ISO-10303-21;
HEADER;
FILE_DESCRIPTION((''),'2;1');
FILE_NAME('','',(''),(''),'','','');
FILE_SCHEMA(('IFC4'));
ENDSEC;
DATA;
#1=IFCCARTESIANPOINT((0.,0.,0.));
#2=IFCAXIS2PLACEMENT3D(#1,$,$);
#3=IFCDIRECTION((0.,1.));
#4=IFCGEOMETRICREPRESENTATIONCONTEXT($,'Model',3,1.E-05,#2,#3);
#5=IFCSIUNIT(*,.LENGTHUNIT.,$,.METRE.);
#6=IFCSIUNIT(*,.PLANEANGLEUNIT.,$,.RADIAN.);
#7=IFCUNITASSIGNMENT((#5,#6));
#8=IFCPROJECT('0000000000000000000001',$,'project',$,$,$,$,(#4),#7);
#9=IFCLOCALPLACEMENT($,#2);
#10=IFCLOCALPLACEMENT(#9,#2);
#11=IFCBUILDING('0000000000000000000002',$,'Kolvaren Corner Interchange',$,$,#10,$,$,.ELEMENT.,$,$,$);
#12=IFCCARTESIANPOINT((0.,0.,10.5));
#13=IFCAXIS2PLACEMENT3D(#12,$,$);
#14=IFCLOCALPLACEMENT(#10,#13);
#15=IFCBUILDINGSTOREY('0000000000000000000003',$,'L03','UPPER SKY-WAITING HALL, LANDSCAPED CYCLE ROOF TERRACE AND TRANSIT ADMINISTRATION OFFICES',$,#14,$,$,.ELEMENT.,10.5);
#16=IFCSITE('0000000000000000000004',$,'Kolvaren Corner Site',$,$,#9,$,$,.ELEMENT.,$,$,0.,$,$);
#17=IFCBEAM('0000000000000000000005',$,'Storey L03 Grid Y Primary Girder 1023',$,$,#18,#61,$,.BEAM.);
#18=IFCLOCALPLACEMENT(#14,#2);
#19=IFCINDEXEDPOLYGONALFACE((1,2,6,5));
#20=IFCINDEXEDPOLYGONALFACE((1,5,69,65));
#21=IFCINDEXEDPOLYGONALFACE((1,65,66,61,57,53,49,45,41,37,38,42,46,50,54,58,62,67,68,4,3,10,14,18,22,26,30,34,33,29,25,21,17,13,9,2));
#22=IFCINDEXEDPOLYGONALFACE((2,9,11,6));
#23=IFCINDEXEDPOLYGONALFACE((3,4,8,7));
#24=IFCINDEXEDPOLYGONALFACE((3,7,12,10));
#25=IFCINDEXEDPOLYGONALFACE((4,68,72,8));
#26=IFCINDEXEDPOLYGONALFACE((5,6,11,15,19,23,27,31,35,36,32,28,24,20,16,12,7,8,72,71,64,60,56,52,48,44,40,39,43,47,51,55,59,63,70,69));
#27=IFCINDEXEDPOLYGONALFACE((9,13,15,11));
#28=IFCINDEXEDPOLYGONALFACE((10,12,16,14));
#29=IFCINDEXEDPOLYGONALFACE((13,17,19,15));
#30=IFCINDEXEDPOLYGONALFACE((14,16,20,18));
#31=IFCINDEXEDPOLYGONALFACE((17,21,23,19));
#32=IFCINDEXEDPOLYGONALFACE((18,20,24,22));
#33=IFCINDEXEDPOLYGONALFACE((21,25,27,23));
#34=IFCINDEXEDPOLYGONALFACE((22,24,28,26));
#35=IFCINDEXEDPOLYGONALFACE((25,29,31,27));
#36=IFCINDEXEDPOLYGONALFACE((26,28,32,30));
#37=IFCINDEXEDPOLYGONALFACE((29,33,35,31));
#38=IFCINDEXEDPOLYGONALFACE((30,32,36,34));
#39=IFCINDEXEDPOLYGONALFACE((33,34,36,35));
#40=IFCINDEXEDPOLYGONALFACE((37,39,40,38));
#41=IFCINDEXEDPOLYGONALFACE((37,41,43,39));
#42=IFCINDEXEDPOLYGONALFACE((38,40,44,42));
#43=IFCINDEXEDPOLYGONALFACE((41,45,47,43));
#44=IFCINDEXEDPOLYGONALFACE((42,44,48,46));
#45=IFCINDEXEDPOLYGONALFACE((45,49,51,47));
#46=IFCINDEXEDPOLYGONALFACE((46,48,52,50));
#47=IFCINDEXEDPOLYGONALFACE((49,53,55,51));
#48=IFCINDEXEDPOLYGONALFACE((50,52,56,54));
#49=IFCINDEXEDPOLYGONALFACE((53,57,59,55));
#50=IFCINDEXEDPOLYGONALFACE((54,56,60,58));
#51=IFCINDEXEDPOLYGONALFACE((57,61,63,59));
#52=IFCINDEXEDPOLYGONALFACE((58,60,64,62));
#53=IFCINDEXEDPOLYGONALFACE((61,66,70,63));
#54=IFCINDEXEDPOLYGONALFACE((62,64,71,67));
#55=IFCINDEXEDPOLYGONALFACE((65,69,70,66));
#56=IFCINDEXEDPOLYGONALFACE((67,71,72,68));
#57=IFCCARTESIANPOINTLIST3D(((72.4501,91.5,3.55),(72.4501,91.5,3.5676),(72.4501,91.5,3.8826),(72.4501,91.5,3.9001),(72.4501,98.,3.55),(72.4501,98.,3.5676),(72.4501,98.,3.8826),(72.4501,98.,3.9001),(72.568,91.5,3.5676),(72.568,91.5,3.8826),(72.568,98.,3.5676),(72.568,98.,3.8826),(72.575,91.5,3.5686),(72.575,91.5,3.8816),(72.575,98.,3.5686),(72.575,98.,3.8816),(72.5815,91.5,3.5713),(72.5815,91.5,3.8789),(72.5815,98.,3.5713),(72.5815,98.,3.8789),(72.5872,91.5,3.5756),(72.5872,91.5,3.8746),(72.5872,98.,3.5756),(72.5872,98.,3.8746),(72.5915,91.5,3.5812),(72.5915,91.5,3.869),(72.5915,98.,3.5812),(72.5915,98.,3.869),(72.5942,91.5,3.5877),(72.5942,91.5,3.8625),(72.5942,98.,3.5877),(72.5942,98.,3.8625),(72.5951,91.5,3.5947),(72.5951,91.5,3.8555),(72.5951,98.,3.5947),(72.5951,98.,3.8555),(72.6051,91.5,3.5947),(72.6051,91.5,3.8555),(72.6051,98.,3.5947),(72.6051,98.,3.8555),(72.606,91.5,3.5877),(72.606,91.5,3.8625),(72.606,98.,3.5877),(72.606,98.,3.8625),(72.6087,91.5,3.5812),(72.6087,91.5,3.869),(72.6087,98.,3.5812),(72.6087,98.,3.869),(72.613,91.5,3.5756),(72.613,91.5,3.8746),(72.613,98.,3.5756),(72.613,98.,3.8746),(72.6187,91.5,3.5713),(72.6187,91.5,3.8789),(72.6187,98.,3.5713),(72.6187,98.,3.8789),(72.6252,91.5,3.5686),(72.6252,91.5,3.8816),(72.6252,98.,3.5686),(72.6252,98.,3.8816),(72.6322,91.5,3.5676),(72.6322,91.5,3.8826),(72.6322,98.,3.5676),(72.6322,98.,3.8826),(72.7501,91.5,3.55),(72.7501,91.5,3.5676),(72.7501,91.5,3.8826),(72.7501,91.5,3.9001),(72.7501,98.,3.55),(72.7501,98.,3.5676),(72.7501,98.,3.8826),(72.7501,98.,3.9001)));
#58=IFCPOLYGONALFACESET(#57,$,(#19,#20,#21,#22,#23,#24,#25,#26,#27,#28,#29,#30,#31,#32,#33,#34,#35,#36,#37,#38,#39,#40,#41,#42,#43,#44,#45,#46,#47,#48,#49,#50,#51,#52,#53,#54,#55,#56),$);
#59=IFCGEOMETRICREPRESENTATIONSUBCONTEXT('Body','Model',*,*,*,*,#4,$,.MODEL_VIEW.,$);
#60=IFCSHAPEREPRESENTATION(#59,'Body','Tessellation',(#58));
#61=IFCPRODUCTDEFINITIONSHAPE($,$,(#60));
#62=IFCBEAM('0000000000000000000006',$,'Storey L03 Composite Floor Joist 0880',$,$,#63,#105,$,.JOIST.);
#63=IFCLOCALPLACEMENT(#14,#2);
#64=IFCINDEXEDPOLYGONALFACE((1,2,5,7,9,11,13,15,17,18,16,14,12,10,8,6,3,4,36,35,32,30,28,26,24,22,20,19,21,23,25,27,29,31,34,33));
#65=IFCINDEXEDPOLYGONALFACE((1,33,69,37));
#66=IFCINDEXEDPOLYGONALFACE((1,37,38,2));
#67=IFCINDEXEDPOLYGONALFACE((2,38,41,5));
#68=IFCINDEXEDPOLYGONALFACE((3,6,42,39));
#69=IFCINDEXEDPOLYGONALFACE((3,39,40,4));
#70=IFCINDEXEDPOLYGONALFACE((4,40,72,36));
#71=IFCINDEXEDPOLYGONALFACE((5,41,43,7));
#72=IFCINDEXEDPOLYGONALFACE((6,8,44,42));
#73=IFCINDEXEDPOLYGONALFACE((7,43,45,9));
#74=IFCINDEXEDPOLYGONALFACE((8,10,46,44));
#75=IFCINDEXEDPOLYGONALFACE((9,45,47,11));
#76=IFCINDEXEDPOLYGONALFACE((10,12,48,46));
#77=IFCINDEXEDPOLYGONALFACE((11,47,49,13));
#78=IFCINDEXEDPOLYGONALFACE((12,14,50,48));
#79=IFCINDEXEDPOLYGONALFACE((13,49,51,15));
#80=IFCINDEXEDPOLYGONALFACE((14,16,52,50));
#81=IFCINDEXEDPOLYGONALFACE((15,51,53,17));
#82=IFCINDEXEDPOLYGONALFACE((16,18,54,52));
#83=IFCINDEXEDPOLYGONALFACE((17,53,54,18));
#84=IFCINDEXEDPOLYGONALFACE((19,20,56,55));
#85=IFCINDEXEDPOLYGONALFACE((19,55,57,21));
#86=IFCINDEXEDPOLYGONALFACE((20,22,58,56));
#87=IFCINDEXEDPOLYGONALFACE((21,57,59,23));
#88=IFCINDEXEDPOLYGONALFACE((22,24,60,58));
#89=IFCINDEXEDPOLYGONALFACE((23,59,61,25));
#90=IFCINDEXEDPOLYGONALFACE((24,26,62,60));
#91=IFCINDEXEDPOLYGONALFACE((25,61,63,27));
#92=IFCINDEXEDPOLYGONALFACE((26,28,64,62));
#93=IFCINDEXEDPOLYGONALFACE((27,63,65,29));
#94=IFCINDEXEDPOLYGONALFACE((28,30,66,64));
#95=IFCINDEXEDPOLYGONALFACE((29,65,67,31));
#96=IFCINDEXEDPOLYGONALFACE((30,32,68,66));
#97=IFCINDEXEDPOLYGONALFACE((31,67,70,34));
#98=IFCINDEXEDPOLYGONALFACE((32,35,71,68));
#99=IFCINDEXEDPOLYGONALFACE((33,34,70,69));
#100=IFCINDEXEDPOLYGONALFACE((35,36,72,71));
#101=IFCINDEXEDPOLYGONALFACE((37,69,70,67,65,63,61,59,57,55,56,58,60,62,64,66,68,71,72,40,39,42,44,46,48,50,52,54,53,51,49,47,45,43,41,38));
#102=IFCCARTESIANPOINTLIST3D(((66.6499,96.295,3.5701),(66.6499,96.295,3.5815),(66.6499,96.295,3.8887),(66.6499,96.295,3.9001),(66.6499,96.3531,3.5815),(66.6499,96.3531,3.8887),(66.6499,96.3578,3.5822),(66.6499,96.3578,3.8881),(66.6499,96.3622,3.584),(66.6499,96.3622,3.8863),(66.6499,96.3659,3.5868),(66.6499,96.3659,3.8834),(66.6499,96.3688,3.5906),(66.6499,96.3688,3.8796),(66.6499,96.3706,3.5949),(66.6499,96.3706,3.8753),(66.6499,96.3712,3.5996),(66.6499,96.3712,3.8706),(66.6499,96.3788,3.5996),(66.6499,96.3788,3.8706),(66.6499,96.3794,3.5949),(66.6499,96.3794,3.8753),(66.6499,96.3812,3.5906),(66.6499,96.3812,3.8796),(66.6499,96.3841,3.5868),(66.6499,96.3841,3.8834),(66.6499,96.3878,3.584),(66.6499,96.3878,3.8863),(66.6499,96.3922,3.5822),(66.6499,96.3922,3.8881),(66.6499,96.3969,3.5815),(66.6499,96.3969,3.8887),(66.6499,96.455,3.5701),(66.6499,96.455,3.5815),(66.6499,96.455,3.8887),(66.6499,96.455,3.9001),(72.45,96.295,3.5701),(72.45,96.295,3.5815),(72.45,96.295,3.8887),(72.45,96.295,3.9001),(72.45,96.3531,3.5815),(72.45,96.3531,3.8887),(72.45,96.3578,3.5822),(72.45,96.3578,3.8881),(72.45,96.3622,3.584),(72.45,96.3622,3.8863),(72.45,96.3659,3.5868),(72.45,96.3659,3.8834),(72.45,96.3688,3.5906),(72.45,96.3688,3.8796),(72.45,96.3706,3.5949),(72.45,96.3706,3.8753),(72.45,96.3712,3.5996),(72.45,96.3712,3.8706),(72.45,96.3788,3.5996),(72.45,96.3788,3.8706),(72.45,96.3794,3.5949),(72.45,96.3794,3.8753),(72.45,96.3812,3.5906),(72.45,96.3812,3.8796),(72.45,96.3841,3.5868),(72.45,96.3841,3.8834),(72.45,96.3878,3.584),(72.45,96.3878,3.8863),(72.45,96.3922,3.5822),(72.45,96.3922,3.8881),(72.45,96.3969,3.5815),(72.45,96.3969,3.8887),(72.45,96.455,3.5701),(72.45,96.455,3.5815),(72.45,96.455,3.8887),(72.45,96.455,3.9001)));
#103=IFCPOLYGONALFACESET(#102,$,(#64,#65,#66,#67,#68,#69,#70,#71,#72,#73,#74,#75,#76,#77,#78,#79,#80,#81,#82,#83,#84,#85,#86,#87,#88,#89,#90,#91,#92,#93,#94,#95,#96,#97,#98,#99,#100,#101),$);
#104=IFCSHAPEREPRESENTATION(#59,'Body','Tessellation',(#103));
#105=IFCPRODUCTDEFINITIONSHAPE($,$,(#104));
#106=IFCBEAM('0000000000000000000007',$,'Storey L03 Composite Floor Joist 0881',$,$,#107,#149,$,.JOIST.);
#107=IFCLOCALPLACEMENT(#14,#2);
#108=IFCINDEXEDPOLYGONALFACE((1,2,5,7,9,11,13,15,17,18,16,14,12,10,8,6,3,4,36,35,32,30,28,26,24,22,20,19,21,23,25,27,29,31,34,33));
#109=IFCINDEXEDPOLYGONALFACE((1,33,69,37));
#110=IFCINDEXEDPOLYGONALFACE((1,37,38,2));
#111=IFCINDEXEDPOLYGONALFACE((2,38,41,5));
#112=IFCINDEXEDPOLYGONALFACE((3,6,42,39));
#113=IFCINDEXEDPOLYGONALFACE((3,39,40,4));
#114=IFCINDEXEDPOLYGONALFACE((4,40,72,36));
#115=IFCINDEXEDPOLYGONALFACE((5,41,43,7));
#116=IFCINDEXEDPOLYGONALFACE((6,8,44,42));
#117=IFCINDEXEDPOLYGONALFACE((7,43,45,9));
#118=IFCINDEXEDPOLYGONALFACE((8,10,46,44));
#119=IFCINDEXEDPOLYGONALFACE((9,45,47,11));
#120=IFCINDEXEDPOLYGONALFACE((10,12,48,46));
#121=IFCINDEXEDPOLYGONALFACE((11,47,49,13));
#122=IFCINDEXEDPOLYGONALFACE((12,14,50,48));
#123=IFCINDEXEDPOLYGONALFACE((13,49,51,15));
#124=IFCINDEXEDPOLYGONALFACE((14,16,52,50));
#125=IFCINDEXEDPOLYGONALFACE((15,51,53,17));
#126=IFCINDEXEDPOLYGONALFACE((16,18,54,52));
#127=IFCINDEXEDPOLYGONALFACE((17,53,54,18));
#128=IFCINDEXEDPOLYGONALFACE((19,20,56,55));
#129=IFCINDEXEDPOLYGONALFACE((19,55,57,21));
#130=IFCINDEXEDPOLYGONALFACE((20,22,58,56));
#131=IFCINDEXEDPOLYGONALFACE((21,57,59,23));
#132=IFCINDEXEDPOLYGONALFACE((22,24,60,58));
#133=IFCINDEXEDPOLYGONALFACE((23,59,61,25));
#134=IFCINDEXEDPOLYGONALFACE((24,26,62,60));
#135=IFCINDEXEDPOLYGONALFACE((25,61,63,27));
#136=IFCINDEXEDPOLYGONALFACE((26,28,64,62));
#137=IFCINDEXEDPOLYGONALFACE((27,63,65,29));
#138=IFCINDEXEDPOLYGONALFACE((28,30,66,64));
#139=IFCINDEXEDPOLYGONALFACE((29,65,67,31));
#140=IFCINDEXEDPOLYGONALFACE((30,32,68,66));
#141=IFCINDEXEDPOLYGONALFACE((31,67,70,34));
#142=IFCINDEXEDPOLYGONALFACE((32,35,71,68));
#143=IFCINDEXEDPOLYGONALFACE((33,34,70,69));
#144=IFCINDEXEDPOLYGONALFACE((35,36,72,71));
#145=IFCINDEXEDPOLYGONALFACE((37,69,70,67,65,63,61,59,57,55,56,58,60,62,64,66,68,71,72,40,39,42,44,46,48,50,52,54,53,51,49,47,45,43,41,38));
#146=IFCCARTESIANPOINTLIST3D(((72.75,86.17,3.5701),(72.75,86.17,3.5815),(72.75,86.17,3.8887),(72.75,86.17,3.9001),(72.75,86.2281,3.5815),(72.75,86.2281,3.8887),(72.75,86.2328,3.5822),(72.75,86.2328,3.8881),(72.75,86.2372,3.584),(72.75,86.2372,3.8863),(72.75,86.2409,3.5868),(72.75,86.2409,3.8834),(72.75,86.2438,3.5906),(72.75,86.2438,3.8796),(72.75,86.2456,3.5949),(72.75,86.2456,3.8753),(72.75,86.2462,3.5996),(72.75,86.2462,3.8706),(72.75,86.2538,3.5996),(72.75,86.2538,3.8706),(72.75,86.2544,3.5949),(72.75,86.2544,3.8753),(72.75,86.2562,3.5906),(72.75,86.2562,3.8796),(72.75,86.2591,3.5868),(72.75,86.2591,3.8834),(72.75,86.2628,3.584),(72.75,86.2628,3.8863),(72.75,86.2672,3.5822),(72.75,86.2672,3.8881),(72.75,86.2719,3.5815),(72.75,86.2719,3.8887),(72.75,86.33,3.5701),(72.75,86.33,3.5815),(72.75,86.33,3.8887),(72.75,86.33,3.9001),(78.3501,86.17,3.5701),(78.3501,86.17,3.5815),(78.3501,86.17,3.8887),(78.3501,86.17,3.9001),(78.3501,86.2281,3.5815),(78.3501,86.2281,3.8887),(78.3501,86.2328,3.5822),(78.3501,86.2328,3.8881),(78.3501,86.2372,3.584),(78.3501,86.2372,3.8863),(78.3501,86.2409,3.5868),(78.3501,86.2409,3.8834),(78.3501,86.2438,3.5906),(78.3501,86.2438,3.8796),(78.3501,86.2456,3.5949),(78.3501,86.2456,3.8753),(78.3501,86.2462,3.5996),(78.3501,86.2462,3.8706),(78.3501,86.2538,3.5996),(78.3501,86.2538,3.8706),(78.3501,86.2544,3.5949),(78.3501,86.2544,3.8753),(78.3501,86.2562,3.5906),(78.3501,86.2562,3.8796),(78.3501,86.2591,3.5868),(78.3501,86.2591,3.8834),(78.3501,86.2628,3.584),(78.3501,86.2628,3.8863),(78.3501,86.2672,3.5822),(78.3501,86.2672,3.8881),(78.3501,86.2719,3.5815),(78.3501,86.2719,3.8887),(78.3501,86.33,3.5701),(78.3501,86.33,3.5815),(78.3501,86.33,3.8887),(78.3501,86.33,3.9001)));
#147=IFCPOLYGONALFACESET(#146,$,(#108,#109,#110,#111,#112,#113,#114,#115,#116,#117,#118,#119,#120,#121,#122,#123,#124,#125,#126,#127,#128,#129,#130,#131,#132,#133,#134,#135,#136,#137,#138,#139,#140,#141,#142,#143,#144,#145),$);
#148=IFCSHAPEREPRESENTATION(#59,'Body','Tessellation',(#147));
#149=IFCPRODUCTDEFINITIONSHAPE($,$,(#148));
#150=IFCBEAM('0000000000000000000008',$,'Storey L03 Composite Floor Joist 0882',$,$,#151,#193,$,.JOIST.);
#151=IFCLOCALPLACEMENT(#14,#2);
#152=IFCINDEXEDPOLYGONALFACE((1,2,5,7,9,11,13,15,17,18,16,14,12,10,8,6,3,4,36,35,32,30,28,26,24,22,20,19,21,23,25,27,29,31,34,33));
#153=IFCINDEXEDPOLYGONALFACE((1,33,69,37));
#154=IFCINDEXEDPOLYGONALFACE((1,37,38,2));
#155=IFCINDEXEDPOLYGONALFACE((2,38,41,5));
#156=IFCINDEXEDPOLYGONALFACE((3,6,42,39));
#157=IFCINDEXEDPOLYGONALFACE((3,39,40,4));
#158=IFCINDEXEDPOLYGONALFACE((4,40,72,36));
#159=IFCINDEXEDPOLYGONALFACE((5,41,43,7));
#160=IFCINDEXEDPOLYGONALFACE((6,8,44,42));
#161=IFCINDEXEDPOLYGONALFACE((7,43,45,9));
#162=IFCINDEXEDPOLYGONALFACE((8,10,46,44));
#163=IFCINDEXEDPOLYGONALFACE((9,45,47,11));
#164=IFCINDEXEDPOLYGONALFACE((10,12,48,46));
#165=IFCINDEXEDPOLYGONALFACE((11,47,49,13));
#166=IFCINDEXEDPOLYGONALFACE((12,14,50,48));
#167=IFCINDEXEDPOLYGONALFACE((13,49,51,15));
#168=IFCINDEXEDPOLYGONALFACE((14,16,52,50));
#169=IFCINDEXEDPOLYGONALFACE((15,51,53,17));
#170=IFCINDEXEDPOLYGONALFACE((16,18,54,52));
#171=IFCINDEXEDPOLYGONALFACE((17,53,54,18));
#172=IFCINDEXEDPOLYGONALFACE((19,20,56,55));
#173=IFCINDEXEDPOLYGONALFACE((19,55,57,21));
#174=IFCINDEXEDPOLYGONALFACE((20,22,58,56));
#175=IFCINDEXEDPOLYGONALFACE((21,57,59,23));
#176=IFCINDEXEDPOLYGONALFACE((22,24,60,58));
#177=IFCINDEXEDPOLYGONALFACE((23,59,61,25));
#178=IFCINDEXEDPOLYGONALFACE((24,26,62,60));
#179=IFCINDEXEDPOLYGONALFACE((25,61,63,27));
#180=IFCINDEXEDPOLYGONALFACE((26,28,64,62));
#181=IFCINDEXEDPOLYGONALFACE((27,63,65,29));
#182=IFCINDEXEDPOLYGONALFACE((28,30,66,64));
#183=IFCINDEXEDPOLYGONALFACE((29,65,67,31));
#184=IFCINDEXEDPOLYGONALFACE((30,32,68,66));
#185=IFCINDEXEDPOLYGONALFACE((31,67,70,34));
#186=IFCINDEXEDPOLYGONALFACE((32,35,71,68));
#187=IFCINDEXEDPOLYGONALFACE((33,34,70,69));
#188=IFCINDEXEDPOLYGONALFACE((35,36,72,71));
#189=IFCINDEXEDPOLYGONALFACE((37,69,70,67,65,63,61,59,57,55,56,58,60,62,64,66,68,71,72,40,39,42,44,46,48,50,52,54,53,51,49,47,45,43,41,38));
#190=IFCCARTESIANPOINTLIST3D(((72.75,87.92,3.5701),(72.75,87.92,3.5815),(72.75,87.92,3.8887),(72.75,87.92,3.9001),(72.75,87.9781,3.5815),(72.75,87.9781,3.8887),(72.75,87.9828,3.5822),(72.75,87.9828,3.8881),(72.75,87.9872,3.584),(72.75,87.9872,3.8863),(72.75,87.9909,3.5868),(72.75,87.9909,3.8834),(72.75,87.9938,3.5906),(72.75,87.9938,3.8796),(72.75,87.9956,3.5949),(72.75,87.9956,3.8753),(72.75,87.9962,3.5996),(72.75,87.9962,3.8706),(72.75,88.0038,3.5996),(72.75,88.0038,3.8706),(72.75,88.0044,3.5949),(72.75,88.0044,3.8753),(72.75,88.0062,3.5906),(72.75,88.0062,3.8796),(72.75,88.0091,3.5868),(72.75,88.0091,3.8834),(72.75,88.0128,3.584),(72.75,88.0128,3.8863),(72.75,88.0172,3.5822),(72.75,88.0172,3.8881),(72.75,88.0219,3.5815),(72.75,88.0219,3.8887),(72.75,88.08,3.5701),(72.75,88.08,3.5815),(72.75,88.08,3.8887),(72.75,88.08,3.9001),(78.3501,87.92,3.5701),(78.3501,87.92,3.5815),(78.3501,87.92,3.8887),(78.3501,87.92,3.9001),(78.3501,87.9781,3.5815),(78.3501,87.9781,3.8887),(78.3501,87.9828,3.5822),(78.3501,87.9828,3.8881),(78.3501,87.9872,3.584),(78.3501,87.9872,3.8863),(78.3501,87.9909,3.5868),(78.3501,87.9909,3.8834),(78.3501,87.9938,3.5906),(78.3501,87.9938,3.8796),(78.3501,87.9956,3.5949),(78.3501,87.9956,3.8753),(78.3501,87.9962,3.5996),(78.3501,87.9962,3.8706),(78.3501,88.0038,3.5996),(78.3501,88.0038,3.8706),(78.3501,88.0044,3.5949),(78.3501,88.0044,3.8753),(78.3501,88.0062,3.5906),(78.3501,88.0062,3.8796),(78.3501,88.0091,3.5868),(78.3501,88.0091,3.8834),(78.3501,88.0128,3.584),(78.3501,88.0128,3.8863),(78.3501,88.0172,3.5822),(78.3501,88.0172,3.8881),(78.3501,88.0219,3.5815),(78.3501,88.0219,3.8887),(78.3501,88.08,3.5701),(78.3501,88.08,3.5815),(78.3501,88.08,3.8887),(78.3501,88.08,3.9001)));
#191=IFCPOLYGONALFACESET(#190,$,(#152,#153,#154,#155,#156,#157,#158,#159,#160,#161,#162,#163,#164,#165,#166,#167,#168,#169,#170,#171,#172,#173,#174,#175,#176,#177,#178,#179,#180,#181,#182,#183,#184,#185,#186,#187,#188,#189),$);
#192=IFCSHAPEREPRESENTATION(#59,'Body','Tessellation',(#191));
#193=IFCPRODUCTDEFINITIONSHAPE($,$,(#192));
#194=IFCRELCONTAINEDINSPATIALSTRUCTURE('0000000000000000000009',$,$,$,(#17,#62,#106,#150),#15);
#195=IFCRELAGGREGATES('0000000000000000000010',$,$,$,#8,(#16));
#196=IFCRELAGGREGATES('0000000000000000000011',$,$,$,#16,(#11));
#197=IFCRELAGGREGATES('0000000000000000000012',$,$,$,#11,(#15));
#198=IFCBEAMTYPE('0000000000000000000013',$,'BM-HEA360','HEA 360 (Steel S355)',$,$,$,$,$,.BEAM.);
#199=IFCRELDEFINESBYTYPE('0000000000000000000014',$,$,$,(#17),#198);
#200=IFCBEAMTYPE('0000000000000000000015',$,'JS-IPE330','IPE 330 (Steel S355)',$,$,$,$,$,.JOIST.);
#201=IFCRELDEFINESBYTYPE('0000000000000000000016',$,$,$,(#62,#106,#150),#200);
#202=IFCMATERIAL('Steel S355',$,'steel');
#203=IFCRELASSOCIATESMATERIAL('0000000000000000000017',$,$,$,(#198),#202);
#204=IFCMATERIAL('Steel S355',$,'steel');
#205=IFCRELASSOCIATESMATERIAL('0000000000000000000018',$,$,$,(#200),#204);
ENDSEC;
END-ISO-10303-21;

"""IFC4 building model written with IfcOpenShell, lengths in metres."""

from ifc_helpers import new_model, si_unit, direction, frame, origin, origin_2d, place, context, subcontext, project, spatial, i_section, extrude, material, material_profile, profile_set, type_object, element, save


model = new_model("IFC4")

# Units and contexts
model_context = context("Model", 3, precision=1e-05, world=origin(), true_north=direction((0.0, 1.0)))
body_context = subcontext(model_context, "Body", "Model", "MODEL_VIEW")
ifc_project = project(units=[si_unit("LENGTHUNIT", "METRE"), si_unit("PLANEANGLEUNIT", "RADIAN")], contexts=[model_context])

# Site, building, storey
site_placement = place(None, origin())
site = spatial("IfcSite", under=ifc_project, at=site_placement, Name="Kolvaren Corner Site", CompositionType="ELEMENT", RefElevation=0.0)
building_placement = place(site_placement, origin())
building = spatial("IfcBuilding", under=site, at=building_placement, Name="Kolvaren Corner Interchange", CompositionType="ELEMENT")
storey_placement = place(building_placement, frame((0.0, 0.0, 10.5)))
storey = spatial("IfcBuildingStorey", under=building, at=storey_placement, Name="L03", Description="UPPER SKY-WAITING HALL, LANDSCAPED CYCLE ROOF TERRACE AND TRANSIT ADMINISTRATION OFFICES", CompositionType="ELEMENT", Elevation=10.5)

# Beams
ifc_material_1 = material(Name="Steel S355", Category="steel")
ifc_material_profile_1 = material_profile(ifc_material_1, i_section(OverallWidth=0.3, OverallDepth=0.3501, WebThickness=0.01, FlangeThickness=0.0176, FilletRadius=0.0271, at=origin_2d()), Name="HEA 360")
ifc_profile_set_1 = profile_set([ifc_material_profile_1], Name="Steel S355")
beam_type_1 = type_object("IfcBeamType", Name="BM-HEA360", Description="HEA 360 (Steel S355)", PredefinedType="BEAM", material=ifc_profile_set_1)
for number, where, z_axis, x_axis, name in (
    (1, (72.6001, 91.5, 3.7251), (0.0, 1.0, 0.0), (-1.0, 0.0, 0.0), "Storey L03 Grid Y Primary Girder 1023"),
):
    element("IfcBeam", number, at=place(storey_placement, frame(where, z_axis=z_axis, x_axis=x_axis)), inside=storey, type_object=beam_type_1, Name=name, PredefinedType="BEAM", context=body_context, shape_type="SweptSolid", body=[
        extrude(i_section(OverallWidth=0.3, OverallDepth=0.3501, WebThickness=0.01, FlangeThickness=0.0176, FilletRadius=0.0271, at=origin_2d()), origin(), (0.0, 0.0, 1.0), 6.5),
    ])
ifc_material_2 = material(Name="Steel S355", Category="steel")
ifc_material_profile_2 = material_profile(ifc_material_2, i_section(OverallWidth=0.1599, OverallDepth=0.3301, WebThickness=0.0076, FlangeThickness=0.0115, FilletRadius=0.0181, at=origin_2d()), Name="IPE 330")
ifc_profile_set_2 = profile_set([ifc_material_profile_2], Name="Steel S355")
beam_type_2 = type_object("IfcBeamType", Name="JS-IPE330", Description="IPE 330 (Steel S355)", PredefinedType="JOIST", material=ifc_profile_set_2)
beam_1_placement = place(storey_placement, frame((66.6499, 96.375, 3.7351), z_axis=(1.0, 0.0, 0.0), x_axis=(0.0, 1.0, 0.0)))
element("IfcBeam", 2, at=beam_1_placement, inside=storey, type_object=beam_type_2, Name="Storey L03 Composite Floor Joist 0880", PredefinedType="JOIST", context=body_context, shape_type="SweptSolid", body=[
    extrude(i_section(OverallWidth=0.1599, OverallDepth=0.3301, WebThickness=0.0076, FlangeThickness=0.0115, FilletRadius=0.0181, at=origin_2d()), origin(), (0.0, 0.0, 1.0), 5.8),
])
for number, where, z_axis, x_axis, name in (
    (3, (72.75, 86.25, 3.7351), (1.0, 0.0, 0.0), (0.0, 1.0, 0.0), "Storey L03 Composite Floor Joist 0881"),
    (4, (72.75, 88.0, 3.7351), (1.0, 0.0, 0.0), (0.0, 1.0, 0.0), "Storey L03 Composite Floor Joist 0882"),
):
    element("IfcBeam", number, at=place(storey_placement, frame(where, z_axis=z_axis, x_axis=x_axis)), inside=storey, type_object=beam_type_2, Name=name, PredefinedType="JOIST", context=body_context, shape_type="SweptSolid", body=[
        extrude(i_section(OverallWidth=0.1599, OverallDepth=0.3301, WebThickness=0.0076, FlangeThickness=0.0115, FilletRadius=0.0181, at=origin_2d()), origin(), (0.0, 0.0, 1.0), 5.6001),
    ])

save(model, "model.ifc")
